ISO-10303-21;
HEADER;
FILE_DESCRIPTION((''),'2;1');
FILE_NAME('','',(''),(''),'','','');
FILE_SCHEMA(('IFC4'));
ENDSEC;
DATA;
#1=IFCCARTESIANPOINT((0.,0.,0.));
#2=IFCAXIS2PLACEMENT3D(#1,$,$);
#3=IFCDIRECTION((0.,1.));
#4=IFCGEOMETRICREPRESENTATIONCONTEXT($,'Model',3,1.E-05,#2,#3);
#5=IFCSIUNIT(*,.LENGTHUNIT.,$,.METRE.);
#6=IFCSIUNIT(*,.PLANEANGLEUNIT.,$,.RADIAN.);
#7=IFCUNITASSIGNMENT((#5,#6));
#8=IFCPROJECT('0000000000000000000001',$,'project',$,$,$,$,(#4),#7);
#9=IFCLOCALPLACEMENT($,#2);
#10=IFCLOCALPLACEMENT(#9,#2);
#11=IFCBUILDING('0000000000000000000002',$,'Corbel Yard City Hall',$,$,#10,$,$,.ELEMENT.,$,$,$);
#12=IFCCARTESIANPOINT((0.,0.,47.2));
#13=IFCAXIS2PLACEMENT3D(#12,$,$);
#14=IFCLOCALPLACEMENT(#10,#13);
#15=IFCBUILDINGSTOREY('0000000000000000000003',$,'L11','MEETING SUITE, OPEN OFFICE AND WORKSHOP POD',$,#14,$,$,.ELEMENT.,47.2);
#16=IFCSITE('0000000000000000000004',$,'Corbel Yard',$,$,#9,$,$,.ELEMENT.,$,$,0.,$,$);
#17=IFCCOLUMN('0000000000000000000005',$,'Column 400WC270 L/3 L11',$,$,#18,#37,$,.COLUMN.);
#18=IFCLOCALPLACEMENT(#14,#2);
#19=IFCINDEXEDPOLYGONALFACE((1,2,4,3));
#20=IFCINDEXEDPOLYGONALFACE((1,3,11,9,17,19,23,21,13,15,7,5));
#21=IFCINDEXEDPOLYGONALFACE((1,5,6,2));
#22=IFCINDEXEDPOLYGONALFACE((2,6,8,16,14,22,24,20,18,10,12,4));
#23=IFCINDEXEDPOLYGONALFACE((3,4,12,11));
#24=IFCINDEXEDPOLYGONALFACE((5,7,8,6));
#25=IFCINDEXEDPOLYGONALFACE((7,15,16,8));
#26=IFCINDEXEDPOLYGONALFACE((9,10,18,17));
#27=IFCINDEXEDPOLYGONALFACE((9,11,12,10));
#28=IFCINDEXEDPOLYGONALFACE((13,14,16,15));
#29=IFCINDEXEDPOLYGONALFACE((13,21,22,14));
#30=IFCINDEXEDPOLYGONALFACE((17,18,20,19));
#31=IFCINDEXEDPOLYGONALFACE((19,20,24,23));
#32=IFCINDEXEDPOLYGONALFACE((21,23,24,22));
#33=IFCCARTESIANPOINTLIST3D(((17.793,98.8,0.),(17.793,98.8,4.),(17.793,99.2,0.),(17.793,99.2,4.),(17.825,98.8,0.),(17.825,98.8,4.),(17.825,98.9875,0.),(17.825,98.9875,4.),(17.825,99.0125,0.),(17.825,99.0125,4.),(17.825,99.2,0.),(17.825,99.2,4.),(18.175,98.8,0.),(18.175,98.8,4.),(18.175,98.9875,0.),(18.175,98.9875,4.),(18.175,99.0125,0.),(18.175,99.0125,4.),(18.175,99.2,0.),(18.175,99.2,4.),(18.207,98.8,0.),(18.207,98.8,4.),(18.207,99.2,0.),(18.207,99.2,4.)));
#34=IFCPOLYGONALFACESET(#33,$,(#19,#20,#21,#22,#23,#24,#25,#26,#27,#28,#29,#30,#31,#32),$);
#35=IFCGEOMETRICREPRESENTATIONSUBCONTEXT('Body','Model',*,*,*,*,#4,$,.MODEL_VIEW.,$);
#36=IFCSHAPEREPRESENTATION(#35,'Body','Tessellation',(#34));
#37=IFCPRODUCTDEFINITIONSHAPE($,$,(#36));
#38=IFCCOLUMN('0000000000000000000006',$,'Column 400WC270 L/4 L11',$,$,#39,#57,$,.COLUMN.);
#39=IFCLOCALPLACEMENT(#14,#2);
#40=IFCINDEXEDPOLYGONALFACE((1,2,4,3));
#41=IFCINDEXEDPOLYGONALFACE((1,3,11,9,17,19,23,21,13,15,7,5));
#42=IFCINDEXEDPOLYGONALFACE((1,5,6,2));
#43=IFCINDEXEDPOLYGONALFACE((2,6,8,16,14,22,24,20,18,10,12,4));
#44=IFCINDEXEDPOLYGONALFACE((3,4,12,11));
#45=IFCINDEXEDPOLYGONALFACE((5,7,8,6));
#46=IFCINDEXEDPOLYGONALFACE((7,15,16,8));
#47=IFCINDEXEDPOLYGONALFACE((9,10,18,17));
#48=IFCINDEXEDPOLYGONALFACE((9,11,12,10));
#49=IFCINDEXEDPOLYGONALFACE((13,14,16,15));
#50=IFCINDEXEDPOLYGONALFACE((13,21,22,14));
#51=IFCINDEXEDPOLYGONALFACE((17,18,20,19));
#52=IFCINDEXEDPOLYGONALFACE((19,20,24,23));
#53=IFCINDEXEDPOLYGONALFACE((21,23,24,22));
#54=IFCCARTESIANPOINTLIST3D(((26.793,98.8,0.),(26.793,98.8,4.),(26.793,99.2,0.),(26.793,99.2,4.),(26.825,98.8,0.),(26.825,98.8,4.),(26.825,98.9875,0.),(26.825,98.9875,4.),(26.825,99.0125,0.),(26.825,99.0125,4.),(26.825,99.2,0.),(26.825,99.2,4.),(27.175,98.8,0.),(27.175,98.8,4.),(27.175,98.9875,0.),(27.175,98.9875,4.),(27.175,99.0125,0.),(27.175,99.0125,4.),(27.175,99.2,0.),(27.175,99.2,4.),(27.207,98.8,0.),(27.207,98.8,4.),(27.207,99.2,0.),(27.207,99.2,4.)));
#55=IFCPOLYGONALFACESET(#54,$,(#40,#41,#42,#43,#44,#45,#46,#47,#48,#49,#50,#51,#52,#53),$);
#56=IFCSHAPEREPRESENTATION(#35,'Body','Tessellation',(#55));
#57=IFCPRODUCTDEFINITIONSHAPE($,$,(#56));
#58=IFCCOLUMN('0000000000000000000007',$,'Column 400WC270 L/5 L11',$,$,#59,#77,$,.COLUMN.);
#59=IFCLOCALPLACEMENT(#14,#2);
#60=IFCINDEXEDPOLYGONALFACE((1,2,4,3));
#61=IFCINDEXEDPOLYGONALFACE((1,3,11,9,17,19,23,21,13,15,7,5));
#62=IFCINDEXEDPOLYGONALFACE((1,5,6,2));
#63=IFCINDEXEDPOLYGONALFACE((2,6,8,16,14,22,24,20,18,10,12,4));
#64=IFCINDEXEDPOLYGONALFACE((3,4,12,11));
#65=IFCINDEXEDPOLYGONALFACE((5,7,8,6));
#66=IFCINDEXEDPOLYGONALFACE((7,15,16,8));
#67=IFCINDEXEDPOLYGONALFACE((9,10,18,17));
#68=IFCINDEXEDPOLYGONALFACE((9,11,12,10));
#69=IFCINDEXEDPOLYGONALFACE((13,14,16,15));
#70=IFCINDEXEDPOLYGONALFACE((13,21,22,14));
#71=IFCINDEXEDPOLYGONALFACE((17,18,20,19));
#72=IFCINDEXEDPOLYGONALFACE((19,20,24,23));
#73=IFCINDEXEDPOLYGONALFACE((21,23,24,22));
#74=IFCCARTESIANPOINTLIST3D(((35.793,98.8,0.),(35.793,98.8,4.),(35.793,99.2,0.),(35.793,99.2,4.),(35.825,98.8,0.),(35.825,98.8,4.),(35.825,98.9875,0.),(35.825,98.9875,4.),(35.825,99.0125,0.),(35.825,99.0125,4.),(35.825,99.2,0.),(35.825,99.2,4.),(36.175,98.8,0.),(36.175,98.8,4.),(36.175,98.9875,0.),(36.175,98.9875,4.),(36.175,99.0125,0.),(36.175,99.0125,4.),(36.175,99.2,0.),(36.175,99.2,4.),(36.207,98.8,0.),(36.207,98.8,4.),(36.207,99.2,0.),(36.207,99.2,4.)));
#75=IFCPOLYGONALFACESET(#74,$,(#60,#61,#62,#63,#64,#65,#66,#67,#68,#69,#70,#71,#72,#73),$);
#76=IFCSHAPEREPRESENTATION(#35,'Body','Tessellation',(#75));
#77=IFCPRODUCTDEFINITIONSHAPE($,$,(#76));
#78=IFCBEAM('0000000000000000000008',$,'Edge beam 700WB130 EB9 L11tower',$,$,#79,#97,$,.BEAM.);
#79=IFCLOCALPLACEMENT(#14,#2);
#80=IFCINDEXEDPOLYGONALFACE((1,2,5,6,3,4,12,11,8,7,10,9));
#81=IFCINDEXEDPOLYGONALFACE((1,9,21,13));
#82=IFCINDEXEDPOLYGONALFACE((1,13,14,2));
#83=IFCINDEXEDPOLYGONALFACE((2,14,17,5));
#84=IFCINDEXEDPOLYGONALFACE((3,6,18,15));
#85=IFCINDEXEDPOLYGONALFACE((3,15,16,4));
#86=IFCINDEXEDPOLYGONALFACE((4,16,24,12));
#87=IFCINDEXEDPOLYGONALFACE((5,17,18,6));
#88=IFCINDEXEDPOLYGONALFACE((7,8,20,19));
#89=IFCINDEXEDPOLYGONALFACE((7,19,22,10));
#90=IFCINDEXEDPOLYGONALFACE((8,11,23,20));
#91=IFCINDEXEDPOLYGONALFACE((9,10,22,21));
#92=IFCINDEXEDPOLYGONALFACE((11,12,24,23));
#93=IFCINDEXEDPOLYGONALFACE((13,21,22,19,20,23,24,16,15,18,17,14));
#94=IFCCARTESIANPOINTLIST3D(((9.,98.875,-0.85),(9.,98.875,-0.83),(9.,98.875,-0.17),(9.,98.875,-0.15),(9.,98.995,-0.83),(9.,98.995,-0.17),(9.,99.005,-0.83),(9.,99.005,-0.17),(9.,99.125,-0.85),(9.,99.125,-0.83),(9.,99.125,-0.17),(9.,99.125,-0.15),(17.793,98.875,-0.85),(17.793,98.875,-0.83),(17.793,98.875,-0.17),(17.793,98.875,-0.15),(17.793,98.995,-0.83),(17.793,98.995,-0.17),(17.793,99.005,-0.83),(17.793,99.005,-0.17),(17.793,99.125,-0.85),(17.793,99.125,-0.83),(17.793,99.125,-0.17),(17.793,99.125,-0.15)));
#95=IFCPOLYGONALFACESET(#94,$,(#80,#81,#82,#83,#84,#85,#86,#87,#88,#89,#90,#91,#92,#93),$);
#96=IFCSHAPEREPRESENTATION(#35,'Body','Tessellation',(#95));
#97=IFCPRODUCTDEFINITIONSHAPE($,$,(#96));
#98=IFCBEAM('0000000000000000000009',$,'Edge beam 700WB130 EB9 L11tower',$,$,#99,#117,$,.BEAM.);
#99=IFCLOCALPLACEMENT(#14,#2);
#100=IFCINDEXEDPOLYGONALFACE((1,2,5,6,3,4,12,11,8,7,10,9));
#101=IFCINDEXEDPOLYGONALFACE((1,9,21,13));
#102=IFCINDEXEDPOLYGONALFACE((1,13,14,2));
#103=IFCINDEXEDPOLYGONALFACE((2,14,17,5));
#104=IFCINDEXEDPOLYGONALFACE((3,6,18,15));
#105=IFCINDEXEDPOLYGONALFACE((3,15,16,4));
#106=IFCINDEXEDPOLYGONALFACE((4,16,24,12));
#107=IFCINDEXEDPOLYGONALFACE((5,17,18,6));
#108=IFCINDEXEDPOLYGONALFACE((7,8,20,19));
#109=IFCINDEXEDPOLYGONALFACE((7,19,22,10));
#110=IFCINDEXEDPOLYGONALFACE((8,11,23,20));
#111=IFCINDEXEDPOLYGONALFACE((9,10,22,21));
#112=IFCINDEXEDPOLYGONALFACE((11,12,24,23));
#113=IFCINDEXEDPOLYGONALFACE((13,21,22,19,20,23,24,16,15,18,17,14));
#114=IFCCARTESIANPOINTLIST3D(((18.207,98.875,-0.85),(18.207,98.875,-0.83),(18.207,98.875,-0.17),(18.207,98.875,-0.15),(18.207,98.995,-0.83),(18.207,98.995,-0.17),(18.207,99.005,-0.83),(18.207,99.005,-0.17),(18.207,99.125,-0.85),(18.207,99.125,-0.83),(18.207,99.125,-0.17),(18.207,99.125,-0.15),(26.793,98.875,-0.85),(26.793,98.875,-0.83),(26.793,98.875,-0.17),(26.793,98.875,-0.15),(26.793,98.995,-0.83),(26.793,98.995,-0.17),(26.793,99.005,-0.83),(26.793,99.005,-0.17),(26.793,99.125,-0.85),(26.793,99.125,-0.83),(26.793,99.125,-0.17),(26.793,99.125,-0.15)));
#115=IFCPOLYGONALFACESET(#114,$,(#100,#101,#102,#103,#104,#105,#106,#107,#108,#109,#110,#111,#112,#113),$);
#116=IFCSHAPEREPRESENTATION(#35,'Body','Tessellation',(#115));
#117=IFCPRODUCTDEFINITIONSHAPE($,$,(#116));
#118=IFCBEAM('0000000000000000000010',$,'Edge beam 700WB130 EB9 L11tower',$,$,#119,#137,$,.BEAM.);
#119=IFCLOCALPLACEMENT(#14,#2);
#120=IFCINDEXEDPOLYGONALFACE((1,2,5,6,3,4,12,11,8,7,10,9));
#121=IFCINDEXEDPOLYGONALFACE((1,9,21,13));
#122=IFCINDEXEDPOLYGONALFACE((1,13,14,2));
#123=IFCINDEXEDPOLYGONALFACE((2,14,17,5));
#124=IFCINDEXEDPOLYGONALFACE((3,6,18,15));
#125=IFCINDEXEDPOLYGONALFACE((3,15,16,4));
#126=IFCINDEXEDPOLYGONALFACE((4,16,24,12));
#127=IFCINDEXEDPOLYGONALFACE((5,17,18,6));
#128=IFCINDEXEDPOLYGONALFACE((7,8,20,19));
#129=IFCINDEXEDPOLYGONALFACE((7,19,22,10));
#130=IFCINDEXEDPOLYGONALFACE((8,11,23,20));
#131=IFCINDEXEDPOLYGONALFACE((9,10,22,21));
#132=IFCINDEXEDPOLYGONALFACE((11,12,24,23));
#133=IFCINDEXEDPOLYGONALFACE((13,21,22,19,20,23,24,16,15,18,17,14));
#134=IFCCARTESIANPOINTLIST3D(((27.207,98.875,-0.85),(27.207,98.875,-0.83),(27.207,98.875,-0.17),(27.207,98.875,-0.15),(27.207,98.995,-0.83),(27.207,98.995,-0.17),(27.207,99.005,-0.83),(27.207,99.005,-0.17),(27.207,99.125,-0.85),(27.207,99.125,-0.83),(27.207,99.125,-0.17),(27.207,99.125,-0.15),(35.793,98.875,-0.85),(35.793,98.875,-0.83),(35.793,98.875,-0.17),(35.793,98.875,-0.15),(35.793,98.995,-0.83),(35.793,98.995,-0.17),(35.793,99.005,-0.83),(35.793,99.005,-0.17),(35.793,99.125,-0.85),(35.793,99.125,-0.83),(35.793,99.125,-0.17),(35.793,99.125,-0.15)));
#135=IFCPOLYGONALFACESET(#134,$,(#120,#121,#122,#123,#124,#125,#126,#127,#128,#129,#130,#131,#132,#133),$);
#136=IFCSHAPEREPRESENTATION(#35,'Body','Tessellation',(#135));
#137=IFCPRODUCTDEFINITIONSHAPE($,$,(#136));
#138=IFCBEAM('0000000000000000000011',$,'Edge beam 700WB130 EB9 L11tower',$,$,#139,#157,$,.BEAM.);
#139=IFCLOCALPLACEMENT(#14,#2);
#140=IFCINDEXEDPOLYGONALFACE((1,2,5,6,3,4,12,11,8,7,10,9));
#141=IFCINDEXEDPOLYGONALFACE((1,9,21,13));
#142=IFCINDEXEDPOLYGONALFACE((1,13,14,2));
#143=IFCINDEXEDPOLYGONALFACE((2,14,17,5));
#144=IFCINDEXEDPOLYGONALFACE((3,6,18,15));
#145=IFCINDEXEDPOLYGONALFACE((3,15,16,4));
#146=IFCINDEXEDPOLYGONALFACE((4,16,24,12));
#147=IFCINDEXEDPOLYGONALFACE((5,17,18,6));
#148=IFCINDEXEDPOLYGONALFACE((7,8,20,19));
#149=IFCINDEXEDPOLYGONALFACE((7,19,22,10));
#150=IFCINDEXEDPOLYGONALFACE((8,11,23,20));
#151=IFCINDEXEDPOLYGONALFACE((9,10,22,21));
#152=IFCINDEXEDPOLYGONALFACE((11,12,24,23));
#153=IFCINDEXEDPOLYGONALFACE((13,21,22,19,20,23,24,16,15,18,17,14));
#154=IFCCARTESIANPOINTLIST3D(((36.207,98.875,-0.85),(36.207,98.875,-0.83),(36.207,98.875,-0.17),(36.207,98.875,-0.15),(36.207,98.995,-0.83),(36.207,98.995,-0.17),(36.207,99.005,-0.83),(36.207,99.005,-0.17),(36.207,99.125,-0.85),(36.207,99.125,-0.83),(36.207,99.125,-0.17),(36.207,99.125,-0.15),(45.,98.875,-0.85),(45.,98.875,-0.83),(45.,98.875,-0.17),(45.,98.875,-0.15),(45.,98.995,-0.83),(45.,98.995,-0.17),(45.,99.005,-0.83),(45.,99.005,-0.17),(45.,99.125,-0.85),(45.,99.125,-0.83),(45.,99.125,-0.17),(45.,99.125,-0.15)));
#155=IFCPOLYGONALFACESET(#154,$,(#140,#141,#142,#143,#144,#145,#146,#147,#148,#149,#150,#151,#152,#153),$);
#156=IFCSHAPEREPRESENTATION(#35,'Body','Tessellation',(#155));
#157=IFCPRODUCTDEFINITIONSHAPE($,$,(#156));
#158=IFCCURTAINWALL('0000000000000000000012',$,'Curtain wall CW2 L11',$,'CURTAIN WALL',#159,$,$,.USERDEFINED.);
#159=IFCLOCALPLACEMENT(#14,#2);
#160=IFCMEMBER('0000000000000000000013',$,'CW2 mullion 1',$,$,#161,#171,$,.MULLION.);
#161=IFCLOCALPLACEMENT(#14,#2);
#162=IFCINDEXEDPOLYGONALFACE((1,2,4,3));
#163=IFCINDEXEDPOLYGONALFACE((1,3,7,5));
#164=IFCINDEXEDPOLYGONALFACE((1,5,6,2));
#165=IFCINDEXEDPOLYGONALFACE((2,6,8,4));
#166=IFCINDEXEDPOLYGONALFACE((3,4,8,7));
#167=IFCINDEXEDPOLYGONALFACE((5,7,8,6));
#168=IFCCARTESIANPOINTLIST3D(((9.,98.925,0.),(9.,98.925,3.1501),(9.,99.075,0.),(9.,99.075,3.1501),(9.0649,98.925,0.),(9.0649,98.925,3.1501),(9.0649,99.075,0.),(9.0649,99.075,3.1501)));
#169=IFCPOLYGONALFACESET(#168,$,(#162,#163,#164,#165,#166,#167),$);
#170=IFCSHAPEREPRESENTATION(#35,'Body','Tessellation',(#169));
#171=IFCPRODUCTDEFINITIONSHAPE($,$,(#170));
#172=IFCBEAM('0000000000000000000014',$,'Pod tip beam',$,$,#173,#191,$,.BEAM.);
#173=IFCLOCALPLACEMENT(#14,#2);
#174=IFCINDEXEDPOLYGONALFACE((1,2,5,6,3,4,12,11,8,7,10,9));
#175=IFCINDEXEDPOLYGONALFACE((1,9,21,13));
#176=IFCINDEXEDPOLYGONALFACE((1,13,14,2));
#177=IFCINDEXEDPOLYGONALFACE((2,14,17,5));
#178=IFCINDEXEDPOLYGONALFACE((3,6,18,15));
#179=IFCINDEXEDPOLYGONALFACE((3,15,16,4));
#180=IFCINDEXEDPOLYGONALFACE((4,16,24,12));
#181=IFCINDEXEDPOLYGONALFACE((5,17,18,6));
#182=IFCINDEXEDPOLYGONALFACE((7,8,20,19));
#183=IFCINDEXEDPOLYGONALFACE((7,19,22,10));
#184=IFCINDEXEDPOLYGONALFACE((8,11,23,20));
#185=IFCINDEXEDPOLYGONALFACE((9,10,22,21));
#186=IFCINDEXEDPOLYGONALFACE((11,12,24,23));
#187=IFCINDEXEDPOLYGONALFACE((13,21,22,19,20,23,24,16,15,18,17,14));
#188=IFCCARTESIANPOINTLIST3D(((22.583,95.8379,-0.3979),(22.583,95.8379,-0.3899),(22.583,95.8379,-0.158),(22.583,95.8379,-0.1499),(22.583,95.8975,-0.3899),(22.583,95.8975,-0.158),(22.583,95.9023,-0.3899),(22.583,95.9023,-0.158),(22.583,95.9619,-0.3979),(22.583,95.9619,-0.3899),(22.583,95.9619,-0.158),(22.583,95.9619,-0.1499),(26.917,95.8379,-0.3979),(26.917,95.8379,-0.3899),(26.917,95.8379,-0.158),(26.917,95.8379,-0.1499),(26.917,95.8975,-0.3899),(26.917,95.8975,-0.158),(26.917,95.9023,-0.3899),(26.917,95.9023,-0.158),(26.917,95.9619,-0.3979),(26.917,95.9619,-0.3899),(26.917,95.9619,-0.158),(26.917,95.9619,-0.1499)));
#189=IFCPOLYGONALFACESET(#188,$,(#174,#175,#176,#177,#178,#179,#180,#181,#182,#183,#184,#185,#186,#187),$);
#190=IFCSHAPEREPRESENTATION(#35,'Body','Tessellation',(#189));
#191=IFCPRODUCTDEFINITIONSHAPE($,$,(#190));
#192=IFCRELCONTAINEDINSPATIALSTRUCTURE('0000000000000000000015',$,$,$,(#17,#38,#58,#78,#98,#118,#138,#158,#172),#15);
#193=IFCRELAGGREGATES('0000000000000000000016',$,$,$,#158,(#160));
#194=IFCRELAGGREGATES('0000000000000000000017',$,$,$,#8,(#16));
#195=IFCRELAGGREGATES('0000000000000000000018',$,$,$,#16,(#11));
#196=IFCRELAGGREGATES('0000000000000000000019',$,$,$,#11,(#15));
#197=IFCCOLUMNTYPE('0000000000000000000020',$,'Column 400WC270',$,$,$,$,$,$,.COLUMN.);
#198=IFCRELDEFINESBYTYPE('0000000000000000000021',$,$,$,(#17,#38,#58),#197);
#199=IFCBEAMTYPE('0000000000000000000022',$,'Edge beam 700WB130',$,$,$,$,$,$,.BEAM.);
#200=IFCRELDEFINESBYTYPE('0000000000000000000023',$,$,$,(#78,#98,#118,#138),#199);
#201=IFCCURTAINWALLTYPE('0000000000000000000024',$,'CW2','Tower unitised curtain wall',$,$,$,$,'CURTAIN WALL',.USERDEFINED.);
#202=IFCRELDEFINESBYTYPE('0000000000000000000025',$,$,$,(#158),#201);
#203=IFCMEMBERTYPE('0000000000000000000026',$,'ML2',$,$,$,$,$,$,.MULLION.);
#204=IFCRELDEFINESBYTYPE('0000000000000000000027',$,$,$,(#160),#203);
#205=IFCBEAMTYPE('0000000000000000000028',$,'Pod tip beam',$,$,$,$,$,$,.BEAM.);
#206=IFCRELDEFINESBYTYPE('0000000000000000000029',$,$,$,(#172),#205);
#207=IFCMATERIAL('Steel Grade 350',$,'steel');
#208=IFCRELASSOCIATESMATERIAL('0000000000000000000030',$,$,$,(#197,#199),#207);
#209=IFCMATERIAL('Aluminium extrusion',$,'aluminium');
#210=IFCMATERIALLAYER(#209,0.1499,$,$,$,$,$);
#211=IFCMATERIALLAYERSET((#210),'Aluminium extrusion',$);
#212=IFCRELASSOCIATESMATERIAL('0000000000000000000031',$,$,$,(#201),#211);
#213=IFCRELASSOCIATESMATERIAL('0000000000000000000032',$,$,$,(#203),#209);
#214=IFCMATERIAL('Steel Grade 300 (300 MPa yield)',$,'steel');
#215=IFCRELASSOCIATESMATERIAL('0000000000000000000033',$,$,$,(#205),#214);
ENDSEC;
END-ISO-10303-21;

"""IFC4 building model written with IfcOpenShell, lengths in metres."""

from ifc_helpers import new_model, si_unit, direction, frame, origin, origin_2d, place, context, subcontext, project, spatial, rectangle, i_section, extrude, material, layer, layer_set, material_profile, profile_set, type_object, element, aggregate, save


model = new_model("IFC4")

# Units and contexts
model_context = context("Model", 3, precision=1e-05, world=origin(), true_north=direction((0.0, 1.0)))
body_context = subcontext(model_context, "Body", "Model", "MODEL_VIEW")
ifc_project = project(units=[si_unit("LENGTHUNIT", "METRE"), si_unit("PLANEANGLEUNIT", "RADIAN")], contexts=[model_context])

# Site, building, storey
site_placement = place(None, origin())
site = spatial("IfcSite", under=ifc_project, at=site_placement, Name="Corbel Yard", CompositionType="ELEMENT", RefElevation=0.0)
building_placement = place(site_placement, origin())
building = spatial("IfcBuilding", under=site, at=building_placement, Name="Corbel Yard City Hall", CompositionType="ELEMENT")
storey_placement = place(building_placement, frame((0.0, 0.0, 47.2)))
storey = spatial("IfcBuildingStorey", under=building, at=storey_placement, Name="L11", Description="MEETING SUITE, OPEN OFFICE AND WORKSHOP POD", CompositionType="ELEMENT", Elevation=47.2)

# Columns
ifc_material_1 = material(Name="Steel Grade 350", Category="steel")
ifc_material_profile_1 = material_profile(ifc_material_1, i_section(OverallWidth=0.3999, OverallDepth=0.4141, WebThickness=0.0249, FlangeThickness=0.032, at=origin_2d()), Name="400WC270")
ifc_profile_set_1 = profile_set([ifc_material_profile_1], Name="Steel Grade 350")
column_type = type_object("IfcColumnType", Name="Column 400WC270", PredefinedType="COLUMN", material=ifc_profile_set_1)
for number, where, z_axis, x_axis, name in (
    (1, (18.0, 99.0, 0.0), (0.0, 0.0, 1.0), (0.0, 1.0, 0.0), "Column 400WC270 L/3 L11"),
    (2, (27.0, 99.0, 0.0), (0.0, 0.0, 1.0), (0.0, 1.0, 0.0), "Column 400WC270 L/4 L11"),
    (3, (36.0, 99.0, 0.0), (0.0, 0.0, 1.0), (0.0, 1.0, 0.0), "Column 400WC270 L/5 L11"),
):
    element("IfcColumn", number, at=place(storey_placement, frame(where, z_axis=z_axis, x_axis=x_axis)), inside=storey, type_object=column_type, Name=name, PredefinedType="COLUMN", context=body_context, shape_type="SweptSolid", body=[
        extrude(i_section(OverallWidth=0.3999, OverallDepth=0.4141, WebThickness=0.0249, FlangeThickness=0.032, at=origin_2d()), origin(), (0.0, 0.0, 1.0), 4.0),
    ])

# Beams
ifc_material_profile_2 = material_profile(ifc_material_1, i_section(OverallWidth=0.25, OverallDepth=0.7, WebThickness=0.01, FlangeThickness=0.02, at=origin_2d()), Name="700WB130")
ifc_profile_set_2 = profile_set([ifc_material_profile_2], Name="Steel Grade 350")
beam_type_1 = type_object("IfcBeamType", Name="Edge beam 700WB130", PredefinedType="BEAM", material=ifc_profile_set_2)
beam_1_placement = place(storey_placement, frame((9.0, 99.0, -0.5), z_axis=(1.0, 0.0, 0.0), x_axis=(0.0, 1.0, 0.0)))
element("IfcBeam", 4, at=beam_1_placement, inside=storey, type_object=beam_type_1, Name="Edge beam 700WB130 EB9 L11tower", PredefinedType="BEAM", context=body_context, shape_type="SweptSolid", body=[
    extrude(i_section(OverallWidth=0.25, OverallDepth=0.7, WebThickness=0.01, FlangeThickness=0.02, at=origin_2d()), origin(), (0.0, 0.0, 1.0), 8.793),
])
for number, where, z_axis, x_axis, name in (
    (5, (18.207, 99.0, -0.5), (1.0, 0.0, 0.0), (0.0, 1.0, 0.0), "Edge beam 700WB130 EB9 L11tower"),
    (6, (27.207, 99.0, -0.5), (1.0, 0.0, 0.0), (0.0, 1.0, 0.0), "Edge beam 700WB130 EB9 L11tower"),
):
    element("IfcBeam", number, at=place(storey_placement, frame(where, z_axis=z_axis, x_axis=x_axis)), inside=storey, type_object=beam_type_1, Name=name, PredefinedType="BEAM", context=body_context, shape_type="SweptSolid", body=[
        extrude(i_section(OverallWidth=0.25, OverallDepth=0.7, WebThickness=0.01, FlangeThickness=0.02, at=origin_2d()), origin(), (0.0, 0.0, 1.0), 8.5859),
    ])
beam_2_placement = place(storey_placement, frame((36.207, 99.0, -0.5), z_axis=(1.0, 0.0, 0.0), x_axis=(0.0, 1.0, 0.0)))
element("IfcBeam", 7, at=beam_2_placement, inside=storey, type_object=beam_type_1, Name="Edge beam 700WB130 EB9 L11tower", PredefinedType="BEAM", context=body_context, shape_type="SweptSolid", body=[
    extrude(i_section(OverallWidth=0.25, OverallDepth=0.7, WebThickness=0.01, FlangeThickness=0.02, at=origin_2d()), origin(), (0.0, 0.0, 1.0), 8.793),
])

# Curtain wall, member
ifc_material_2 = material(Name="Aluminium extrusion", Category="aluminium")
ifc_layer_1 = layer(ifc_material_2, 0.1499)
ifc_layer_set_1 = layer_set([ifc_layer_1], Name="Aluminium extrusion")
curtain_wall_type = type_object("IfcCurtainWallType", Name="CW2", Description="Tower unitised curtain wall", ElementType="CURTAIN WALL", PredefinedType="USERDEFINED", material=ifc_layer_set_1)
curtain_wall_placement = place(storey_placement, origin())
curtain_wall = element("IfcCurtainWall", 8, at=curtain_wall_placement, inside=storey, type_object=curtain_wall_type, Name="Curtain wall CW2 L11", ObjectType="CURTAIN WALL", PredefinedType="USERDEFINED")
ifc_material_profile_3 = material_profile(ifc_material_2, rectangle(XDim=0.1499, YDim=0.0649, at=origin_2d()), Name="150x65")
ifc_profile_set_3 = profile_set([ifc_material_profile_3], Name="Aluminium extrusion")
member_type = type_object("IfcMemberType", Name="ML2", PredefinedType="MULLION", material=ifc_profile_set_3)
member_placement = place(storey_placement, frame((9.0325, 99.0, 0.0), z_axis=(0.0, 0.0, 1.0), x_axis=(0.0, 1.0, 0.0)))
member = element("IfcMember", 9, at=member_placement, type_object=member_type, Name="CW2 mullion 1", PredefinedType="MULLION", context=body_context, shape_type="SweptSolid", body=[
    extrude(rectangle(XDim=0.1499, YDim=0.0649, at=origin_2d()), origin(), (0.0, 0.0, 1.0), 3.1501),
])
aggregate(curtain_wall, [member])

# Beam
ifc_material_3 = material(Name="Steel Grade 300 (300 MPa yield)", Category="steel")
ifc_material_profile_4 = material_profile(ifc_material_3, i_section(OverallWidth=0.124, OverallDepth=0.248, WebThickness=0.0049, FlangeThickness=0.0081, at=origin_2d()), Name="250UB25.7")
ifc_profile_set_4 = profile_set([ifc_material_profile_4], Name="Steel Grade 300 (300 MPa yield)")
beam_type_2 = type_object("IfcBeamType", Name="Pod tip beam", PredefinedType="BEAM", material=ifc_profile_set_4)
for number, where, z_axis, x_axis, name in (
    (10, (22.583, 95.8999, -0.2739), (1.0, 0.0, 0.0), (0.0, 1.0, 0.0), "Pod tip beam"),
):
    element("IfcBeam", number, at=place(storey_placement, frame(where, z_axis=z_axis, x_axis=x_axis)), inside=storey, type_object=beam_type_2, Name=name, PredefinedType="BEAM", context=body_context, shape_type="SweptSolid", body=[
        extrude(i_section(OverallWidth=0.124, OverallDepth=0.248, WebThickness=0.0049, FlangeThickness=0.0081, at=origin_2d()), origin(), (0.0, 0.0, 1.0), 4.334),
    ])

save(model, "model.ifc")
